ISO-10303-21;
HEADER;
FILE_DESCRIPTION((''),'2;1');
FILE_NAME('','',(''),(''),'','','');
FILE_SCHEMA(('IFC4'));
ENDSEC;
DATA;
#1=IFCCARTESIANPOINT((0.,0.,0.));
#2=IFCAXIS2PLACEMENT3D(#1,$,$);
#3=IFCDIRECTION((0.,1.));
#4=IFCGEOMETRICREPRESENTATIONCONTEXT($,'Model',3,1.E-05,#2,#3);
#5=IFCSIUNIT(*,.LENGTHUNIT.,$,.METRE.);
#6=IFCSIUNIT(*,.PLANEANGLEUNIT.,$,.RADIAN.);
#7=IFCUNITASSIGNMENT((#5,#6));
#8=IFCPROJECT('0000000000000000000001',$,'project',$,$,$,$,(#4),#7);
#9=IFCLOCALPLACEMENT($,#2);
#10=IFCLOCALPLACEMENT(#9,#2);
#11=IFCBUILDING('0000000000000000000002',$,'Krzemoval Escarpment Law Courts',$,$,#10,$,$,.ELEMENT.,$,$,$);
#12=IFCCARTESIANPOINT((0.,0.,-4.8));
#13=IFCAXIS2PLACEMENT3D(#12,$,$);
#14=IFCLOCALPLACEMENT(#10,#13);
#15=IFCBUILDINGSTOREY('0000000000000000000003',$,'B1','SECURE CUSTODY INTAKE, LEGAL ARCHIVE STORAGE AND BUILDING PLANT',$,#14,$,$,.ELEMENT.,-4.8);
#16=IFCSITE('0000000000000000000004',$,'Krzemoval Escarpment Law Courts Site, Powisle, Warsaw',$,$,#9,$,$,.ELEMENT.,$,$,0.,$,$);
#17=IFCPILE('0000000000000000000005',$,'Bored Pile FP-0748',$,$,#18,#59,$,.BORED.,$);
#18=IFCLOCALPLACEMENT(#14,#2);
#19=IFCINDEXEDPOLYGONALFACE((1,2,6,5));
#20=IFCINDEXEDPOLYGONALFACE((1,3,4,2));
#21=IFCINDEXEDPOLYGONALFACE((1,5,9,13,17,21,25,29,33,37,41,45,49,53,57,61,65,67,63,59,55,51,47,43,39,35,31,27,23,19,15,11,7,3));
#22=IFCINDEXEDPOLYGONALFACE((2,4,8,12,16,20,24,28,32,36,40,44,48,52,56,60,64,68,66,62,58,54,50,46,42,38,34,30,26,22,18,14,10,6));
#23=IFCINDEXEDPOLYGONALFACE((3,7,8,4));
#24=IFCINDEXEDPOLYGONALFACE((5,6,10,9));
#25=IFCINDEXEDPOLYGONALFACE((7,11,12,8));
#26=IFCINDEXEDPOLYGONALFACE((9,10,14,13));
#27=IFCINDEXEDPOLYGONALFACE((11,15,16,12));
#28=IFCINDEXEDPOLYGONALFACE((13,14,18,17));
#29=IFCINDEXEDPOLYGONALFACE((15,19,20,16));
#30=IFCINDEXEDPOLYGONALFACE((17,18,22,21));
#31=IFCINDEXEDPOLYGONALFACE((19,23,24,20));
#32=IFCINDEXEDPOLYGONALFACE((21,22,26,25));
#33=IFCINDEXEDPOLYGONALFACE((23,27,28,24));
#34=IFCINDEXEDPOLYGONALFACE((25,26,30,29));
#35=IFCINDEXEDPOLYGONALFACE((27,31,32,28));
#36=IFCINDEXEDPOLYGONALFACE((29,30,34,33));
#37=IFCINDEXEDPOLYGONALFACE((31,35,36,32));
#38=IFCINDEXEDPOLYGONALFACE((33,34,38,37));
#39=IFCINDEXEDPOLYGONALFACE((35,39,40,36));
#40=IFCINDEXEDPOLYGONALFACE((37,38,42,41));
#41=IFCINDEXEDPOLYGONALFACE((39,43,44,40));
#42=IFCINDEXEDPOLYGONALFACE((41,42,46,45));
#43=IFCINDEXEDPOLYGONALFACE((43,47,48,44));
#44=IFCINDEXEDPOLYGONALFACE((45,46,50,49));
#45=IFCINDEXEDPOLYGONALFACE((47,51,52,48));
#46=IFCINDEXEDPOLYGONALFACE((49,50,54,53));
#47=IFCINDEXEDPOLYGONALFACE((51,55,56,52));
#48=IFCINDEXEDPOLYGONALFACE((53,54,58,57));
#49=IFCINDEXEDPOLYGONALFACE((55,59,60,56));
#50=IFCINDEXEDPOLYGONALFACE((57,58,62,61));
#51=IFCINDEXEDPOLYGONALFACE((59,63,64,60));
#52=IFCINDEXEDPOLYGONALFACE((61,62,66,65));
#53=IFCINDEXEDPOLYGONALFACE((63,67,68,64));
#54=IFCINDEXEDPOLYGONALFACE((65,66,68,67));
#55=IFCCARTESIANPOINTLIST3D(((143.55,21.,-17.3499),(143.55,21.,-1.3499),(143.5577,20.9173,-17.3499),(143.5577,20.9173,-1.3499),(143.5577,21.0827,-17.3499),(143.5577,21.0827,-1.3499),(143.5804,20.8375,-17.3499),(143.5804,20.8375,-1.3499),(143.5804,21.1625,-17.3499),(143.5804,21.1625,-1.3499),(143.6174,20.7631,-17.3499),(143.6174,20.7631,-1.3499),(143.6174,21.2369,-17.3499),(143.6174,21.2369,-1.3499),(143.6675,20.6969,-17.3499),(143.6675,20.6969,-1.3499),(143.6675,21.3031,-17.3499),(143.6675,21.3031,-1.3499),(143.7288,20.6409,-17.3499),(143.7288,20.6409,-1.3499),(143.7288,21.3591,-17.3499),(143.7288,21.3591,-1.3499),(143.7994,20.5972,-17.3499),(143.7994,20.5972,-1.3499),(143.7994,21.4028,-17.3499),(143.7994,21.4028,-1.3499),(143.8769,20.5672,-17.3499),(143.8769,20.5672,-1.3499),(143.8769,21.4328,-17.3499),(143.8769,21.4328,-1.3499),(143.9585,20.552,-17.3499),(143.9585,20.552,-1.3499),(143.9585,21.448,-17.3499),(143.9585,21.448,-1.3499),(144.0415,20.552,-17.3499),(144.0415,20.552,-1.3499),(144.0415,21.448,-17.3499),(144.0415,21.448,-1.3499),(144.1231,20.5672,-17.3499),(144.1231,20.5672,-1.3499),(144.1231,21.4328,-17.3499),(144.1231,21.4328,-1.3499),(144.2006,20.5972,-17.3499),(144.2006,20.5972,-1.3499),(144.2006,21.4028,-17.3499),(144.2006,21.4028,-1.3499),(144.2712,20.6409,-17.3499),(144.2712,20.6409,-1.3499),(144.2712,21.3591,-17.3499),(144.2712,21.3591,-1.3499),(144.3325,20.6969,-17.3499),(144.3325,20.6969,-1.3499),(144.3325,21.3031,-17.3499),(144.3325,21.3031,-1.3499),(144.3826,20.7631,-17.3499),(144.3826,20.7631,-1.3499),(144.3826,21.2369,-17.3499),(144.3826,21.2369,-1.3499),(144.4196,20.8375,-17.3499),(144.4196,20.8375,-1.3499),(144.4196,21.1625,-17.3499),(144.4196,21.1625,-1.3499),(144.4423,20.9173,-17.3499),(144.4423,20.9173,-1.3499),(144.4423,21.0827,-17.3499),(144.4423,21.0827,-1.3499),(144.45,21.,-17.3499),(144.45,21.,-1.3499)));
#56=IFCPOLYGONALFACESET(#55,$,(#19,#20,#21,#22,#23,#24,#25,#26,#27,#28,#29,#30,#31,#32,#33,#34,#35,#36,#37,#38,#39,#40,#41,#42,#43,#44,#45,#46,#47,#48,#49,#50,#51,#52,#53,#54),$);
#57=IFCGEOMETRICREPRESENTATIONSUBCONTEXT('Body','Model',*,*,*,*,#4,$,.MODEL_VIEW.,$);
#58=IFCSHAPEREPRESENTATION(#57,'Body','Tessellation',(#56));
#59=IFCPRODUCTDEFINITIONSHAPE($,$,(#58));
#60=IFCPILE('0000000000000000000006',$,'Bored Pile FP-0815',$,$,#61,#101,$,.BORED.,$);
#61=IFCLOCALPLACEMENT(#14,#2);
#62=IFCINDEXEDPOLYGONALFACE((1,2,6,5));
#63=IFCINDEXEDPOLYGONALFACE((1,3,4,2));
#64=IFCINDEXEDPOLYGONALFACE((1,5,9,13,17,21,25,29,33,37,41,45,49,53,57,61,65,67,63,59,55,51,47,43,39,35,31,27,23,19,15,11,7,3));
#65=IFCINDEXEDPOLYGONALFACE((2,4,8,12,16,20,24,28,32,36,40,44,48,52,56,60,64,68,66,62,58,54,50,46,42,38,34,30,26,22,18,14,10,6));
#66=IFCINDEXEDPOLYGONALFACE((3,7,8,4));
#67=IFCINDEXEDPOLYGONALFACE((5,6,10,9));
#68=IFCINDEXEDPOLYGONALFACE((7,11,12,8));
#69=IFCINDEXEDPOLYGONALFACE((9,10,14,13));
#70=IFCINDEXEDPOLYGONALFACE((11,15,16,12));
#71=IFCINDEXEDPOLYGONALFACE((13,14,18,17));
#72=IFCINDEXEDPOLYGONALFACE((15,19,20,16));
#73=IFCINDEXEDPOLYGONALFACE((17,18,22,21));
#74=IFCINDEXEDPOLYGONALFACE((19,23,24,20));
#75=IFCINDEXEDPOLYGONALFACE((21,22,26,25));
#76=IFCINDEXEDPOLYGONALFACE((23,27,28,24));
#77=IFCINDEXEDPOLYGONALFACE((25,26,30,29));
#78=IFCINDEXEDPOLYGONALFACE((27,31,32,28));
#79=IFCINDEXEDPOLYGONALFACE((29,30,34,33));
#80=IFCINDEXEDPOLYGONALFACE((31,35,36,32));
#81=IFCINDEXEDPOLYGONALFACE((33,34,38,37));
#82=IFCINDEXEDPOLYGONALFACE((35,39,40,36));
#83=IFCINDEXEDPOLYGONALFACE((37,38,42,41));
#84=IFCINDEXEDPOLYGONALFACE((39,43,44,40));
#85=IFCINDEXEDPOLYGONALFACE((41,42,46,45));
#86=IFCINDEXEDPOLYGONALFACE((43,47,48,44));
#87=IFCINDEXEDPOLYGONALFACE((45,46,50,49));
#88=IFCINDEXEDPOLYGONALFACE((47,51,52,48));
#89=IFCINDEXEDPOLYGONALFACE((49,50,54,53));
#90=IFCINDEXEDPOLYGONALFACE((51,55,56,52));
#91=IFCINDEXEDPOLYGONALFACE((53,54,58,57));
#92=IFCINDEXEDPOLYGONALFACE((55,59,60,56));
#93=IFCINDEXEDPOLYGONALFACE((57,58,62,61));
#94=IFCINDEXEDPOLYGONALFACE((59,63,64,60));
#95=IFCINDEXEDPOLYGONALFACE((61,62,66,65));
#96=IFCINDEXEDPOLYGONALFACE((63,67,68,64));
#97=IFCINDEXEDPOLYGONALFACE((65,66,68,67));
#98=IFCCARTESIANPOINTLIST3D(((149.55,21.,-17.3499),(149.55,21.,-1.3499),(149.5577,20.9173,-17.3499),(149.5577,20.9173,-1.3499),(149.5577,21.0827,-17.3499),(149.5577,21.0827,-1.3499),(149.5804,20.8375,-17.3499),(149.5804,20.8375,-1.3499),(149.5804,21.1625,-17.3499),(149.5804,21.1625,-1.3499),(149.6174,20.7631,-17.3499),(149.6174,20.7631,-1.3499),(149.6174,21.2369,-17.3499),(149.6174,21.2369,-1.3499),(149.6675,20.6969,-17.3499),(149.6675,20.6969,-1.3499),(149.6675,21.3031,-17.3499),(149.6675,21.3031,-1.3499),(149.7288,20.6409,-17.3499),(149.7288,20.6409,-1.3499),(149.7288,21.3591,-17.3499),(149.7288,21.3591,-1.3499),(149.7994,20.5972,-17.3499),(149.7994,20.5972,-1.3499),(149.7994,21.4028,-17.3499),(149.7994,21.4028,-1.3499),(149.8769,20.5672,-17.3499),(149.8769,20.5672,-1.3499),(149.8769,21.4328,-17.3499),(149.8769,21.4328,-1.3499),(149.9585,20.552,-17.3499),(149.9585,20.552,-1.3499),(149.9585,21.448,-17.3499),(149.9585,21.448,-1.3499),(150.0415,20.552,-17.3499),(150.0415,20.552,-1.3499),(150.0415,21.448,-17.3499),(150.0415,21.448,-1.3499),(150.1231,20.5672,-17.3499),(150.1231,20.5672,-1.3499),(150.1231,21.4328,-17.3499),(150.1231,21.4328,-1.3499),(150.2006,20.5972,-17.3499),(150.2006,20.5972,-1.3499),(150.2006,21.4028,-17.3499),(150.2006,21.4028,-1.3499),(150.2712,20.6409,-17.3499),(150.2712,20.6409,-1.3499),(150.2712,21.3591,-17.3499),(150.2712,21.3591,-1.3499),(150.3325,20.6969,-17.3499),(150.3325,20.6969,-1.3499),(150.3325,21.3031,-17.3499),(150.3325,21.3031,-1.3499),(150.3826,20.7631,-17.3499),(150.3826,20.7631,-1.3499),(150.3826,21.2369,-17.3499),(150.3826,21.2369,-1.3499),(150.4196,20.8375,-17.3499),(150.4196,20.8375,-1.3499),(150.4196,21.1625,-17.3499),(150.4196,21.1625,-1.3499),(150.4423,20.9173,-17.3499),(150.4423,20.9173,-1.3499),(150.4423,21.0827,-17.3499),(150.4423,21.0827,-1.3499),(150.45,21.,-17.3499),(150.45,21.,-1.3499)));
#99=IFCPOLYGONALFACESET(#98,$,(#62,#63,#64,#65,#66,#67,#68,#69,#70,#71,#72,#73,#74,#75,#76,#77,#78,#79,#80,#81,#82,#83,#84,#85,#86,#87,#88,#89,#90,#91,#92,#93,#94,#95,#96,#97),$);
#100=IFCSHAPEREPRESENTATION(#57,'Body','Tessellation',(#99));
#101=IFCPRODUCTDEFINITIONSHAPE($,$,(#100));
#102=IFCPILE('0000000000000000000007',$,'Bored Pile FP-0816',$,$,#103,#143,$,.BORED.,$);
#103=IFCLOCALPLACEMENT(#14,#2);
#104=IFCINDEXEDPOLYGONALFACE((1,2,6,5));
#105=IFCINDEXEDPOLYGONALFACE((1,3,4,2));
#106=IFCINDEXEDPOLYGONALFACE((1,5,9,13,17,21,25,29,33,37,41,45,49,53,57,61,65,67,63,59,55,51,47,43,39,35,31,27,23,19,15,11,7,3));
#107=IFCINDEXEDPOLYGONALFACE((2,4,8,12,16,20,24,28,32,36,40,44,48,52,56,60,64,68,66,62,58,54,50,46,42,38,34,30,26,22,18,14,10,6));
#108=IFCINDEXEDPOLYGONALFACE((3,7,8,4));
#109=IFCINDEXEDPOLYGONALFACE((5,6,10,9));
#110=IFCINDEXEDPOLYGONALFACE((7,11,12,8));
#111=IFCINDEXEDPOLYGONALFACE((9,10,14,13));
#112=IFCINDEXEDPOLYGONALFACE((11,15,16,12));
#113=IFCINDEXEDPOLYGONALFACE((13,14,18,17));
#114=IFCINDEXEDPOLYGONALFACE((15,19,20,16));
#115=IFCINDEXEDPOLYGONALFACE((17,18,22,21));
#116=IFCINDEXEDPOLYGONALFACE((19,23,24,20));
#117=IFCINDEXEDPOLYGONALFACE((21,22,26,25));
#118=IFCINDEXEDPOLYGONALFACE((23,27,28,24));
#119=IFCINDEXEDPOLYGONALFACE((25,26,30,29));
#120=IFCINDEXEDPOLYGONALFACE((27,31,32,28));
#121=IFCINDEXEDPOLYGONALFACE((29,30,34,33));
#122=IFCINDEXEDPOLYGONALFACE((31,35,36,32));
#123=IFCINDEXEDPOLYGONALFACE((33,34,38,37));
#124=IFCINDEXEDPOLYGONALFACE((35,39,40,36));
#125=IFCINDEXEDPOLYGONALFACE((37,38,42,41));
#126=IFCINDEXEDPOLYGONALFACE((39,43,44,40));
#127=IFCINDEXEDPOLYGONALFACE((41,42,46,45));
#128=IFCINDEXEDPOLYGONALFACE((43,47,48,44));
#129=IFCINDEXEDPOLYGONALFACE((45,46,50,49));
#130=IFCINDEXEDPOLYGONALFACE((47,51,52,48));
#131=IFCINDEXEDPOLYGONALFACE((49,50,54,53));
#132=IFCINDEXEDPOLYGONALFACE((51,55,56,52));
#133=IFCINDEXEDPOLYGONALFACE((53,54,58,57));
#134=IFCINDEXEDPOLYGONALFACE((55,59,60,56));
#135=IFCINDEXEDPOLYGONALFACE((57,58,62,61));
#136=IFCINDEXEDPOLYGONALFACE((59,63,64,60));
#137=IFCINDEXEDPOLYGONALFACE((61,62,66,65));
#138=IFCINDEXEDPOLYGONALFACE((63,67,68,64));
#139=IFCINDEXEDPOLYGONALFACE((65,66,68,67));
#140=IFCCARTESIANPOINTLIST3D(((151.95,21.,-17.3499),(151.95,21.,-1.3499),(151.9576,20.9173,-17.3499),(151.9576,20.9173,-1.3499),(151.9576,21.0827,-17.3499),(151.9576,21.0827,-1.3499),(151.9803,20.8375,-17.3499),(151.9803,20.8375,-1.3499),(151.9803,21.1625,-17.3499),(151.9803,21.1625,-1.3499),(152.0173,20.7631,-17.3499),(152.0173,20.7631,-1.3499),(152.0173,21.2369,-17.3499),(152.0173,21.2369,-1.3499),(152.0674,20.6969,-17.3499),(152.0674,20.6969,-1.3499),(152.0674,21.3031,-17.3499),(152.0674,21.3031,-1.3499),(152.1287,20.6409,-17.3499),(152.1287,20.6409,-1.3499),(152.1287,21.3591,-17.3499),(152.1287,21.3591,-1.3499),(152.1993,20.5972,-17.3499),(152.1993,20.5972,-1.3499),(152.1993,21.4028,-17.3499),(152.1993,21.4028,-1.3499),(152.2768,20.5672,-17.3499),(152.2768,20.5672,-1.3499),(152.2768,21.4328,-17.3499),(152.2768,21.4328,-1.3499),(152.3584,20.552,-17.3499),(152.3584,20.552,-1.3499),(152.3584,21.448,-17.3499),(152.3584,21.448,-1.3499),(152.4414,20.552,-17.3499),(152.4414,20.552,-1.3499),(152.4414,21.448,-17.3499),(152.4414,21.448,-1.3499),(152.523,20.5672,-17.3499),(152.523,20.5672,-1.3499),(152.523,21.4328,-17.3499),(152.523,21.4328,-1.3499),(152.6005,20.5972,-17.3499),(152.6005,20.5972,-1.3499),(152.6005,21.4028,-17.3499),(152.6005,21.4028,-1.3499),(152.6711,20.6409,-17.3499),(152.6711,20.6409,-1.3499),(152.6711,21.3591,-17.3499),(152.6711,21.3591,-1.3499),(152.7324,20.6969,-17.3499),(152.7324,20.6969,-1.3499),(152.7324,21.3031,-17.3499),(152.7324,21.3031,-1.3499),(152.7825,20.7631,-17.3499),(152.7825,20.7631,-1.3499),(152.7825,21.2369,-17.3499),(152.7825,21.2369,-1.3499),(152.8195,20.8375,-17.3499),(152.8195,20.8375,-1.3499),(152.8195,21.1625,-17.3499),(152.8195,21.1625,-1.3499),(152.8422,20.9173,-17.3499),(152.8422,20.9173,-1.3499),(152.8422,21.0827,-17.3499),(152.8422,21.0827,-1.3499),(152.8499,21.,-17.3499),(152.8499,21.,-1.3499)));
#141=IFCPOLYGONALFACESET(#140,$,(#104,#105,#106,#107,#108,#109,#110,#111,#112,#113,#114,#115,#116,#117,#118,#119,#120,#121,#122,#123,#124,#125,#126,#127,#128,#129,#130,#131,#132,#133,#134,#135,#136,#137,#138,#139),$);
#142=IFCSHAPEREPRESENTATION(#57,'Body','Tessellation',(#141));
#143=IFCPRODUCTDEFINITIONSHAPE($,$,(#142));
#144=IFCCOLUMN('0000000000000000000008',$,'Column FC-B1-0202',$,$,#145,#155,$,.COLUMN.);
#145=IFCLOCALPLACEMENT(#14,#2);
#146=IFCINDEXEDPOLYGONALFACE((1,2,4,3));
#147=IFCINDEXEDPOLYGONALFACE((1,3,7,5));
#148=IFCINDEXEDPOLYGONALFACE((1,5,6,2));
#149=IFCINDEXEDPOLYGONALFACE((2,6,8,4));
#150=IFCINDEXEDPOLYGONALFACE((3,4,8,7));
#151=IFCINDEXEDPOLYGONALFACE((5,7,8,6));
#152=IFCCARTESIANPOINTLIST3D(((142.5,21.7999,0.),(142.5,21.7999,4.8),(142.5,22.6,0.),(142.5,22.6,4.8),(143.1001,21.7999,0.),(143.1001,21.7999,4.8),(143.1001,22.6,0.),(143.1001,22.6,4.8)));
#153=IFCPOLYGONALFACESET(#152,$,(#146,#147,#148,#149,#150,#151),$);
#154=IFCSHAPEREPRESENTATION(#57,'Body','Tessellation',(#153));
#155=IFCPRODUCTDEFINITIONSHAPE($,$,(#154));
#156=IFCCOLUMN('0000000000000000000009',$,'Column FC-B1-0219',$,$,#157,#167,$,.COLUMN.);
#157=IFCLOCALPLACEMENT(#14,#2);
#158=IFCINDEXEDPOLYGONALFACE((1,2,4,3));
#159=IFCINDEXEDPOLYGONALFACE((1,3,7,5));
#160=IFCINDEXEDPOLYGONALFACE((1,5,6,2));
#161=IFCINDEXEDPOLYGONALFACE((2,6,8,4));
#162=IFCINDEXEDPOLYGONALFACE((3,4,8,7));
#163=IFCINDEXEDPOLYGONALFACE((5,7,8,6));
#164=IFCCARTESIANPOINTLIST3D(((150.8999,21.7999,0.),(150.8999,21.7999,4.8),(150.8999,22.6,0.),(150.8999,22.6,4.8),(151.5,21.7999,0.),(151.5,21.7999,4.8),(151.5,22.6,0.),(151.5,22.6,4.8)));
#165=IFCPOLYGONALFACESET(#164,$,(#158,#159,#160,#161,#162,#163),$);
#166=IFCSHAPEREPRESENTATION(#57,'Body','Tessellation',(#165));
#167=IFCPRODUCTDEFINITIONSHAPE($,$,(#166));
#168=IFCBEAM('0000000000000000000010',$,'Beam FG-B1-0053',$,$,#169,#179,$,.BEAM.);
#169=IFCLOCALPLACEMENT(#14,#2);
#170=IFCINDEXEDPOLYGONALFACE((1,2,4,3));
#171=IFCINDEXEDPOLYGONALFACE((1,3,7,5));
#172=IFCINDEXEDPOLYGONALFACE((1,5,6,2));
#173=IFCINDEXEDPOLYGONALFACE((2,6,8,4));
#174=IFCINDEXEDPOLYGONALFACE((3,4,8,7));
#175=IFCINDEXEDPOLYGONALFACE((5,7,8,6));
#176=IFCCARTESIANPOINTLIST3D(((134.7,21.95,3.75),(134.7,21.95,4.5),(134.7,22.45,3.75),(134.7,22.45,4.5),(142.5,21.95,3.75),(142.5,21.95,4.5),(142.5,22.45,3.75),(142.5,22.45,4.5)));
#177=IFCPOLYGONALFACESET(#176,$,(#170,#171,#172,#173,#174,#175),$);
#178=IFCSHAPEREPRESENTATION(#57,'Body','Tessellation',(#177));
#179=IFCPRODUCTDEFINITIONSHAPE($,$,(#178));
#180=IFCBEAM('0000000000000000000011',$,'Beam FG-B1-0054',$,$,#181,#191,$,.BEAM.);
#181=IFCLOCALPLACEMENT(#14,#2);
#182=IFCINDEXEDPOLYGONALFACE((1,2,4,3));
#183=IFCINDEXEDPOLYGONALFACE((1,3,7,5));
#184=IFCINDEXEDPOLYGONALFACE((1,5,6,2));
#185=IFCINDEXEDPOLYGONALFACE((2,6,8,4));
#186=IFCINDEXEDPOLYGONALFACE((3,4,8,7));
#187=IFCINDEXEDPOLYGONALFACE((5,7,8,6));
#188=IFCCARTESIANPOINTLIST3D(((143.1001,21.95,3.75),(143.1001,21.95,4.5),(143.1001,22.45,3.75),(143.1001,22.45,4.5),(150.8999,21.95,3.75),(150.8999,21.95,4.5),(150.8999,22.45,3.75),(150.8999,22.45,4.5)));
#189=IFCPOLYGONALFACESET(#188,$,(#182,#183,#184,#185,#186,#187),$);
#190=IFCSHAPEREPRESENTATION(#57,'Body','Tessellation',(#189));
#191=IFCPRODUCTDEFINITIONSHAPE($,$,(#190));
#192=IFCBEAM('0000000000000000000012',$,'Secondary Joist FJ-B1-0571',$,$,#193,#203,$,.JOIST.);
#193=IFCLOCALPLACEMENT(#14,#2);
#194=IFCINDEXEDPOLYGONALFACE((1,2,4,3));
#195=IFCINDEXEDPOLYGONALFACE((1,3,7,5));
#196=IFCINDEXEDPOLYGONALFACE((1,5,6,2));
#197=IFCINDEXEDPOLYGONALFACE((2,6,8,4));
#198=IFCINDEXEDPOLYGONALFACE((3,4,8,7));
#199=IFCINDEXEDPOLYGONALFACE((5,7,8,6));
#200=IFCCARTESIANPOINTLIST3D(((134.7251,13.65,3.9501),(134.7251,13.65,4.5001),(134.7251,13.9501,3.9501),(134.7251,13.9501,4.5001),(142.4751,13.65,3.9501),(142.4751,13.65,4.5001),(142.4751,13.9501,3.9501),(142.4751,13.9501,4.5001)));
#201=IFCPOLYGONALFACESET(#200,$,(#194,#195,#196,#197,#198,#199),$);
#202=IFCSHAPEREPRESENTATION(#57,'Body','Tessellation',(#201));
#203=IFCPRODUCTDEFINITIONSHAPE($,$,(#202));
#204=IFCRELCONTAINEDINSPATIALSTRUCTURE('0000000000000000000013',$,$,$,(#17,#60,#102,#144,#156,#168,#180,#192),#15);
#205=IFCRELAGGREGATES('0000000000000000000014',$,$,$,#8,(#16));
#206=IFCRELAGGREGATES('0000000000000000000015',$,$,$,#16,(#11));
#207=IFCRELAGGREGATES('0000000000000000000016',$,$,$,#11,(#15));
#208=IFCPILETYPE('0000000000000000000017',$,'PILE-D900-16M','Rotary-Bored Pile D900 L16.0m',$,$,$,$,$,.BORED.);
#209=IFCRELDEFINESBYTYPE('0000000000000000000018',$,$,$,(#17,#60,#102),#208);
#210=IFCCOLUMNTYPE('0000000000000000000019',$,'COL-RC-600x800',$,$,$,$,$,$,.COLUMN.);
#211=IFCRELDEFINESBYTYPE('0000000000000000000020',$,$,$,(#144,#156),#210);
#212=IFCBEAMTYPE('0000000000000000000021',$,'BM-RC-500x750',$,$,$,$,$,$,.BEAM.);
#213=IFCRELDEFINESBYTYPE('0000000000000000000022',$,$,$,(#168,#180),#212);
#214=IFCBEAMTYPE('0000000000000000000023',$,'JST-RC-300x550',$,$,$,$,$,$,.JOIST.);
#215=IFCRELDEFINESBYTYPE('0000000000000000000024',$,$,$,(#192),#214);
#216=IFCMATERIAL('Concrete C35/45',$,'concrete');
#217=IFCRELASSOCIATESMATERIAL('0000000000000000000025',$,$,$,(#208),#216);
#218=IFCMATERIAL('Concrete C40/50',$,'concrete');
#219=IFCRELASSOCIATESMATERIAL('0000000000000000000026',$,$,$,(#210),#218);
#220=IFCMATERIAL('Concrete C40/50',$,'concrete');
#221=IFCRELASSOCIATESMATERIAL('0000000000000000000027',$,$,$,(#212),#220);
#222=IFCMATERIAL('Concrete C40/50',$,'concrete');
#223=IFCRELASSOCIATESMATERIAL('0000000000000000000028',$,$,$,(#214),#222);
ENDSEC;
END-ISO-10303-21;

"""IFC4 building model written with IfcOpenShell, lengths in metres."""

from ifc_helpers import new_model, si_unit, direction, frame, origin, origin_2d, place, context, subcontext, project, spatial, rectangle, circle, extrude, material, material_profile, profile_set, type_object, element, save


model = new_model("IFC4")

# Units and contexts
model_context = context("Model", 3, precision=1e-05, world=origin(), true_north=direction((0.0, 1.0)))
body_context = subcontext(model_context, "Body", "Model", "MODEL_VIEW")
ifc_project = project(units=[si_unit("LENGTHUNIT", "METRE"), si_unit("PLANEANGLEUNIT", "RADIAN")], contexts=[model_context])

# Site, building, storey
site_placement = place(None, origin())
site = spatial("IfcSite", under=ifc_project, at=site_placement, Name="Krzemoval Escarpment Law Courts Site, Powisle, Warsaw", CompositionType="ELEMENT", RefElevation=0.0)
building_placement = place(site_placement, origin())
building = spatial("IfcBuilding", under=site, at=building_placement, Name="Krzemoval Escarpment Law Courts", CompositionType="ELEMENT")
storey_placement = place(building_placement, frame((0.0, 0.0, -4.8)))
storey = spatial("IfcBuildingStorey", under=building, at=storey_placement, Name="B1", Description="SECURE CUSTODY INTAKE, LEGAL ARCHIVE STORAGE AND BUILDING PLANT", CompositionType="ELEMENT", Elevation=-4.8)

# Piles
ifc_material_1 = material(Name="Concrete C35/45", Category="concrete")
ifc_material_profile_1 = material_profile(ifc_material_1, circle(Radius=0.45, at=origin_2d()), Name="PILE D900")
ifc_profile_set_1 = profile_set([ifc_material_profile_1], Name="Concrete C35/45")
pile_type = type_object("IfcPileType", Name="PILE-D900-16M", Description="Rotary-Bored Pile D900 L16.0m", PredefinedType="BORED", material=ifc_profile_set_1)
for number, where, z_axis, x_axis, name in (
    (1, (144.0, 21.0, -1.3499), (0.0, 0.0, -1.0), (1.0, 0.0, 0.0), "Bored Pile FP-0748"),
    (2, (150.0, 21.0, -1.3499), (0.0, 0.0, -1.0), (1.0, 0.0, 0.0), "Bored Pile FP-0815"),
    (3, (152.3999, 21.0, -1.3499), (0.0, 0.0, -1.0), (1.0, 0.0, 0.0), "Bored Pile FP-0816"),
):
    element("IfcPile", number, at=place(storey_placement, frame(where, z_axis=z_axis, x_axis=x_axis)), inside=storey, type_object=pile_type, Name=name, PredefinedType="BORED", context=body_context, shape_type="SweptSolid", body=[
        extrude(circle(Radius=0.45, at=origin_2d()), origin(), (0.0, 0.0, 1.0), 16.0),
    ])

# Columns
ifc_material_2 = material(Name="Concrete C40/50", Category="concrete")
ifc_material_profile_2 = material_profile(ifc_material_2, rectangle(XDim=0.6001, YDim=0.8, at=origin_2d()), Name="RC 600x800")
ifc_profile_set_2 = profile_set([ifc_material_profile_2], Name="Concrete C40/50")
column_type = type_object("IfcColumnType", Name="COL-RC-600x800", PredefinedType="COLUMN", material=ifc_profile_set_2)
for number, where, z_axis, x_axis, name in (
    (4, (142.8, 22.2, 0.0), (0.0, 0.0, 1.0), (1.0, 0.0, 0.0), "Column FC-B1-0202"),
    (5, (151.2, 22.2, 0.0), (0.0, 0.0, 1.0), (1.0, 0.0, 0.0), "Column FC-B1-0219"),
):
    element("IfcColumn", number, at=place(storey_placement, frame(where, z_axis=z_axis, x_axis=x_axis)), inside=storey, type_object=column_type, Name=name, PredefinedType="COLUMN", context=body_context, shape_type="SweptSolid", body=[
        extrude(rectangle(XDim=0.6001, YDim=0.8, at=origin_2d()), origin(), (0.0, 0.0, 1.0), 4.8),
    ])

# Beams
ifc_material_3 = material(Name="Concrete C40/50", Category="concrete")
ifc_material_profile_3 = material_profile(ifc_material_3, rectangle(XDim=0.5, YDim=0.75, at=origin_2d()), Name="RCB 500x750")
ifc_profile_set_3 = profile_set([ifc_material_profile_3], Name="Concrete C40/50")
beam_type_1 = type_object("IfcBeamType", Name="BM-RC-500x750", PredefinedType="BEAM", material=ifc_profile_set_3)
beam_1_placement = place(storey_placement, frame((134.7, 22.2, 4.125), z_axis=(1.0, 0.0, 0.0), x_axis=(0.0, 1.0, 0.0)))
element("IfcBeam", 6, at=beam_1_placement, inside=storey, type_object=beam_type_1, Name="Beam FG-B1-0053", PredefinedType="BEAM", context=body_context, shape_type="SweptSolid", body=[
    extrude(rectangle(XDim=0.5, YDim=0.75, at=origin_2d()), origin(), (0.0, 0.0, 1.0), 7.8),
])
beam_2_placement = place(storey_placement, frame((143.1001, 22.2, 4.125), z_axis=(1.0, 0.0, 0.0), x_axis=(0.0, 1.0, 0.0)))
element("IfcBeam", 7, at=beam_2_placement, inside=storey, type_object=beam_type_1, Name="Beam FG-B1-0054", PredefinedType="BEAM", context=body_context, shape_type="SweptSolid", body=[
    extrude(rectangle(XDim=0.5, YDim=0.75, at=origin_2d()), origin(), (0.0, 0.0, 1.0), 7.7998),
])
ifc_material_4 = material(Name="Concrete C40/50", Category="concrete")
ifc_material_profile_4 = material_profile(ifc_material_4, rectangle(XDim=0.3, YDim=0.55, at=origin_2d()), Name="RCB 300x550")
ifc_profile_set_4 = profile_set([ifc_material_profile_4], Name="Concrete C40/50")
beam_type_2 = type_object("IfcBeamType", Name="JST-RC-300x550", PredefinedType="JOIST", material=ifc_profile_set_4)
for number, where, z_axis, x_axis, name in (
    (8, (134.7251, 13.8, 4.2251), (1.0, 0.0, 0.0), (0.0, 1.0, 0.0), "Secondary Joist FJ-B1-0571"),
):
    element("IfcBeam", number, at=place(storey_placement, frame(where, z_axis=z_axis, x_axis=x_axis)), inside=storey, type_object=beam_type_2, Name=name, PredefinedType="JOIST", context=body_context, shape_type="SweptSolid", body=[
        extrude(rectangle(XDim=0.3, YDim=0.55, at=origin_2d()), origin(), (0.0, 0.0, 1.0), 7.75),
    ])

save(model, "model.ifc")
